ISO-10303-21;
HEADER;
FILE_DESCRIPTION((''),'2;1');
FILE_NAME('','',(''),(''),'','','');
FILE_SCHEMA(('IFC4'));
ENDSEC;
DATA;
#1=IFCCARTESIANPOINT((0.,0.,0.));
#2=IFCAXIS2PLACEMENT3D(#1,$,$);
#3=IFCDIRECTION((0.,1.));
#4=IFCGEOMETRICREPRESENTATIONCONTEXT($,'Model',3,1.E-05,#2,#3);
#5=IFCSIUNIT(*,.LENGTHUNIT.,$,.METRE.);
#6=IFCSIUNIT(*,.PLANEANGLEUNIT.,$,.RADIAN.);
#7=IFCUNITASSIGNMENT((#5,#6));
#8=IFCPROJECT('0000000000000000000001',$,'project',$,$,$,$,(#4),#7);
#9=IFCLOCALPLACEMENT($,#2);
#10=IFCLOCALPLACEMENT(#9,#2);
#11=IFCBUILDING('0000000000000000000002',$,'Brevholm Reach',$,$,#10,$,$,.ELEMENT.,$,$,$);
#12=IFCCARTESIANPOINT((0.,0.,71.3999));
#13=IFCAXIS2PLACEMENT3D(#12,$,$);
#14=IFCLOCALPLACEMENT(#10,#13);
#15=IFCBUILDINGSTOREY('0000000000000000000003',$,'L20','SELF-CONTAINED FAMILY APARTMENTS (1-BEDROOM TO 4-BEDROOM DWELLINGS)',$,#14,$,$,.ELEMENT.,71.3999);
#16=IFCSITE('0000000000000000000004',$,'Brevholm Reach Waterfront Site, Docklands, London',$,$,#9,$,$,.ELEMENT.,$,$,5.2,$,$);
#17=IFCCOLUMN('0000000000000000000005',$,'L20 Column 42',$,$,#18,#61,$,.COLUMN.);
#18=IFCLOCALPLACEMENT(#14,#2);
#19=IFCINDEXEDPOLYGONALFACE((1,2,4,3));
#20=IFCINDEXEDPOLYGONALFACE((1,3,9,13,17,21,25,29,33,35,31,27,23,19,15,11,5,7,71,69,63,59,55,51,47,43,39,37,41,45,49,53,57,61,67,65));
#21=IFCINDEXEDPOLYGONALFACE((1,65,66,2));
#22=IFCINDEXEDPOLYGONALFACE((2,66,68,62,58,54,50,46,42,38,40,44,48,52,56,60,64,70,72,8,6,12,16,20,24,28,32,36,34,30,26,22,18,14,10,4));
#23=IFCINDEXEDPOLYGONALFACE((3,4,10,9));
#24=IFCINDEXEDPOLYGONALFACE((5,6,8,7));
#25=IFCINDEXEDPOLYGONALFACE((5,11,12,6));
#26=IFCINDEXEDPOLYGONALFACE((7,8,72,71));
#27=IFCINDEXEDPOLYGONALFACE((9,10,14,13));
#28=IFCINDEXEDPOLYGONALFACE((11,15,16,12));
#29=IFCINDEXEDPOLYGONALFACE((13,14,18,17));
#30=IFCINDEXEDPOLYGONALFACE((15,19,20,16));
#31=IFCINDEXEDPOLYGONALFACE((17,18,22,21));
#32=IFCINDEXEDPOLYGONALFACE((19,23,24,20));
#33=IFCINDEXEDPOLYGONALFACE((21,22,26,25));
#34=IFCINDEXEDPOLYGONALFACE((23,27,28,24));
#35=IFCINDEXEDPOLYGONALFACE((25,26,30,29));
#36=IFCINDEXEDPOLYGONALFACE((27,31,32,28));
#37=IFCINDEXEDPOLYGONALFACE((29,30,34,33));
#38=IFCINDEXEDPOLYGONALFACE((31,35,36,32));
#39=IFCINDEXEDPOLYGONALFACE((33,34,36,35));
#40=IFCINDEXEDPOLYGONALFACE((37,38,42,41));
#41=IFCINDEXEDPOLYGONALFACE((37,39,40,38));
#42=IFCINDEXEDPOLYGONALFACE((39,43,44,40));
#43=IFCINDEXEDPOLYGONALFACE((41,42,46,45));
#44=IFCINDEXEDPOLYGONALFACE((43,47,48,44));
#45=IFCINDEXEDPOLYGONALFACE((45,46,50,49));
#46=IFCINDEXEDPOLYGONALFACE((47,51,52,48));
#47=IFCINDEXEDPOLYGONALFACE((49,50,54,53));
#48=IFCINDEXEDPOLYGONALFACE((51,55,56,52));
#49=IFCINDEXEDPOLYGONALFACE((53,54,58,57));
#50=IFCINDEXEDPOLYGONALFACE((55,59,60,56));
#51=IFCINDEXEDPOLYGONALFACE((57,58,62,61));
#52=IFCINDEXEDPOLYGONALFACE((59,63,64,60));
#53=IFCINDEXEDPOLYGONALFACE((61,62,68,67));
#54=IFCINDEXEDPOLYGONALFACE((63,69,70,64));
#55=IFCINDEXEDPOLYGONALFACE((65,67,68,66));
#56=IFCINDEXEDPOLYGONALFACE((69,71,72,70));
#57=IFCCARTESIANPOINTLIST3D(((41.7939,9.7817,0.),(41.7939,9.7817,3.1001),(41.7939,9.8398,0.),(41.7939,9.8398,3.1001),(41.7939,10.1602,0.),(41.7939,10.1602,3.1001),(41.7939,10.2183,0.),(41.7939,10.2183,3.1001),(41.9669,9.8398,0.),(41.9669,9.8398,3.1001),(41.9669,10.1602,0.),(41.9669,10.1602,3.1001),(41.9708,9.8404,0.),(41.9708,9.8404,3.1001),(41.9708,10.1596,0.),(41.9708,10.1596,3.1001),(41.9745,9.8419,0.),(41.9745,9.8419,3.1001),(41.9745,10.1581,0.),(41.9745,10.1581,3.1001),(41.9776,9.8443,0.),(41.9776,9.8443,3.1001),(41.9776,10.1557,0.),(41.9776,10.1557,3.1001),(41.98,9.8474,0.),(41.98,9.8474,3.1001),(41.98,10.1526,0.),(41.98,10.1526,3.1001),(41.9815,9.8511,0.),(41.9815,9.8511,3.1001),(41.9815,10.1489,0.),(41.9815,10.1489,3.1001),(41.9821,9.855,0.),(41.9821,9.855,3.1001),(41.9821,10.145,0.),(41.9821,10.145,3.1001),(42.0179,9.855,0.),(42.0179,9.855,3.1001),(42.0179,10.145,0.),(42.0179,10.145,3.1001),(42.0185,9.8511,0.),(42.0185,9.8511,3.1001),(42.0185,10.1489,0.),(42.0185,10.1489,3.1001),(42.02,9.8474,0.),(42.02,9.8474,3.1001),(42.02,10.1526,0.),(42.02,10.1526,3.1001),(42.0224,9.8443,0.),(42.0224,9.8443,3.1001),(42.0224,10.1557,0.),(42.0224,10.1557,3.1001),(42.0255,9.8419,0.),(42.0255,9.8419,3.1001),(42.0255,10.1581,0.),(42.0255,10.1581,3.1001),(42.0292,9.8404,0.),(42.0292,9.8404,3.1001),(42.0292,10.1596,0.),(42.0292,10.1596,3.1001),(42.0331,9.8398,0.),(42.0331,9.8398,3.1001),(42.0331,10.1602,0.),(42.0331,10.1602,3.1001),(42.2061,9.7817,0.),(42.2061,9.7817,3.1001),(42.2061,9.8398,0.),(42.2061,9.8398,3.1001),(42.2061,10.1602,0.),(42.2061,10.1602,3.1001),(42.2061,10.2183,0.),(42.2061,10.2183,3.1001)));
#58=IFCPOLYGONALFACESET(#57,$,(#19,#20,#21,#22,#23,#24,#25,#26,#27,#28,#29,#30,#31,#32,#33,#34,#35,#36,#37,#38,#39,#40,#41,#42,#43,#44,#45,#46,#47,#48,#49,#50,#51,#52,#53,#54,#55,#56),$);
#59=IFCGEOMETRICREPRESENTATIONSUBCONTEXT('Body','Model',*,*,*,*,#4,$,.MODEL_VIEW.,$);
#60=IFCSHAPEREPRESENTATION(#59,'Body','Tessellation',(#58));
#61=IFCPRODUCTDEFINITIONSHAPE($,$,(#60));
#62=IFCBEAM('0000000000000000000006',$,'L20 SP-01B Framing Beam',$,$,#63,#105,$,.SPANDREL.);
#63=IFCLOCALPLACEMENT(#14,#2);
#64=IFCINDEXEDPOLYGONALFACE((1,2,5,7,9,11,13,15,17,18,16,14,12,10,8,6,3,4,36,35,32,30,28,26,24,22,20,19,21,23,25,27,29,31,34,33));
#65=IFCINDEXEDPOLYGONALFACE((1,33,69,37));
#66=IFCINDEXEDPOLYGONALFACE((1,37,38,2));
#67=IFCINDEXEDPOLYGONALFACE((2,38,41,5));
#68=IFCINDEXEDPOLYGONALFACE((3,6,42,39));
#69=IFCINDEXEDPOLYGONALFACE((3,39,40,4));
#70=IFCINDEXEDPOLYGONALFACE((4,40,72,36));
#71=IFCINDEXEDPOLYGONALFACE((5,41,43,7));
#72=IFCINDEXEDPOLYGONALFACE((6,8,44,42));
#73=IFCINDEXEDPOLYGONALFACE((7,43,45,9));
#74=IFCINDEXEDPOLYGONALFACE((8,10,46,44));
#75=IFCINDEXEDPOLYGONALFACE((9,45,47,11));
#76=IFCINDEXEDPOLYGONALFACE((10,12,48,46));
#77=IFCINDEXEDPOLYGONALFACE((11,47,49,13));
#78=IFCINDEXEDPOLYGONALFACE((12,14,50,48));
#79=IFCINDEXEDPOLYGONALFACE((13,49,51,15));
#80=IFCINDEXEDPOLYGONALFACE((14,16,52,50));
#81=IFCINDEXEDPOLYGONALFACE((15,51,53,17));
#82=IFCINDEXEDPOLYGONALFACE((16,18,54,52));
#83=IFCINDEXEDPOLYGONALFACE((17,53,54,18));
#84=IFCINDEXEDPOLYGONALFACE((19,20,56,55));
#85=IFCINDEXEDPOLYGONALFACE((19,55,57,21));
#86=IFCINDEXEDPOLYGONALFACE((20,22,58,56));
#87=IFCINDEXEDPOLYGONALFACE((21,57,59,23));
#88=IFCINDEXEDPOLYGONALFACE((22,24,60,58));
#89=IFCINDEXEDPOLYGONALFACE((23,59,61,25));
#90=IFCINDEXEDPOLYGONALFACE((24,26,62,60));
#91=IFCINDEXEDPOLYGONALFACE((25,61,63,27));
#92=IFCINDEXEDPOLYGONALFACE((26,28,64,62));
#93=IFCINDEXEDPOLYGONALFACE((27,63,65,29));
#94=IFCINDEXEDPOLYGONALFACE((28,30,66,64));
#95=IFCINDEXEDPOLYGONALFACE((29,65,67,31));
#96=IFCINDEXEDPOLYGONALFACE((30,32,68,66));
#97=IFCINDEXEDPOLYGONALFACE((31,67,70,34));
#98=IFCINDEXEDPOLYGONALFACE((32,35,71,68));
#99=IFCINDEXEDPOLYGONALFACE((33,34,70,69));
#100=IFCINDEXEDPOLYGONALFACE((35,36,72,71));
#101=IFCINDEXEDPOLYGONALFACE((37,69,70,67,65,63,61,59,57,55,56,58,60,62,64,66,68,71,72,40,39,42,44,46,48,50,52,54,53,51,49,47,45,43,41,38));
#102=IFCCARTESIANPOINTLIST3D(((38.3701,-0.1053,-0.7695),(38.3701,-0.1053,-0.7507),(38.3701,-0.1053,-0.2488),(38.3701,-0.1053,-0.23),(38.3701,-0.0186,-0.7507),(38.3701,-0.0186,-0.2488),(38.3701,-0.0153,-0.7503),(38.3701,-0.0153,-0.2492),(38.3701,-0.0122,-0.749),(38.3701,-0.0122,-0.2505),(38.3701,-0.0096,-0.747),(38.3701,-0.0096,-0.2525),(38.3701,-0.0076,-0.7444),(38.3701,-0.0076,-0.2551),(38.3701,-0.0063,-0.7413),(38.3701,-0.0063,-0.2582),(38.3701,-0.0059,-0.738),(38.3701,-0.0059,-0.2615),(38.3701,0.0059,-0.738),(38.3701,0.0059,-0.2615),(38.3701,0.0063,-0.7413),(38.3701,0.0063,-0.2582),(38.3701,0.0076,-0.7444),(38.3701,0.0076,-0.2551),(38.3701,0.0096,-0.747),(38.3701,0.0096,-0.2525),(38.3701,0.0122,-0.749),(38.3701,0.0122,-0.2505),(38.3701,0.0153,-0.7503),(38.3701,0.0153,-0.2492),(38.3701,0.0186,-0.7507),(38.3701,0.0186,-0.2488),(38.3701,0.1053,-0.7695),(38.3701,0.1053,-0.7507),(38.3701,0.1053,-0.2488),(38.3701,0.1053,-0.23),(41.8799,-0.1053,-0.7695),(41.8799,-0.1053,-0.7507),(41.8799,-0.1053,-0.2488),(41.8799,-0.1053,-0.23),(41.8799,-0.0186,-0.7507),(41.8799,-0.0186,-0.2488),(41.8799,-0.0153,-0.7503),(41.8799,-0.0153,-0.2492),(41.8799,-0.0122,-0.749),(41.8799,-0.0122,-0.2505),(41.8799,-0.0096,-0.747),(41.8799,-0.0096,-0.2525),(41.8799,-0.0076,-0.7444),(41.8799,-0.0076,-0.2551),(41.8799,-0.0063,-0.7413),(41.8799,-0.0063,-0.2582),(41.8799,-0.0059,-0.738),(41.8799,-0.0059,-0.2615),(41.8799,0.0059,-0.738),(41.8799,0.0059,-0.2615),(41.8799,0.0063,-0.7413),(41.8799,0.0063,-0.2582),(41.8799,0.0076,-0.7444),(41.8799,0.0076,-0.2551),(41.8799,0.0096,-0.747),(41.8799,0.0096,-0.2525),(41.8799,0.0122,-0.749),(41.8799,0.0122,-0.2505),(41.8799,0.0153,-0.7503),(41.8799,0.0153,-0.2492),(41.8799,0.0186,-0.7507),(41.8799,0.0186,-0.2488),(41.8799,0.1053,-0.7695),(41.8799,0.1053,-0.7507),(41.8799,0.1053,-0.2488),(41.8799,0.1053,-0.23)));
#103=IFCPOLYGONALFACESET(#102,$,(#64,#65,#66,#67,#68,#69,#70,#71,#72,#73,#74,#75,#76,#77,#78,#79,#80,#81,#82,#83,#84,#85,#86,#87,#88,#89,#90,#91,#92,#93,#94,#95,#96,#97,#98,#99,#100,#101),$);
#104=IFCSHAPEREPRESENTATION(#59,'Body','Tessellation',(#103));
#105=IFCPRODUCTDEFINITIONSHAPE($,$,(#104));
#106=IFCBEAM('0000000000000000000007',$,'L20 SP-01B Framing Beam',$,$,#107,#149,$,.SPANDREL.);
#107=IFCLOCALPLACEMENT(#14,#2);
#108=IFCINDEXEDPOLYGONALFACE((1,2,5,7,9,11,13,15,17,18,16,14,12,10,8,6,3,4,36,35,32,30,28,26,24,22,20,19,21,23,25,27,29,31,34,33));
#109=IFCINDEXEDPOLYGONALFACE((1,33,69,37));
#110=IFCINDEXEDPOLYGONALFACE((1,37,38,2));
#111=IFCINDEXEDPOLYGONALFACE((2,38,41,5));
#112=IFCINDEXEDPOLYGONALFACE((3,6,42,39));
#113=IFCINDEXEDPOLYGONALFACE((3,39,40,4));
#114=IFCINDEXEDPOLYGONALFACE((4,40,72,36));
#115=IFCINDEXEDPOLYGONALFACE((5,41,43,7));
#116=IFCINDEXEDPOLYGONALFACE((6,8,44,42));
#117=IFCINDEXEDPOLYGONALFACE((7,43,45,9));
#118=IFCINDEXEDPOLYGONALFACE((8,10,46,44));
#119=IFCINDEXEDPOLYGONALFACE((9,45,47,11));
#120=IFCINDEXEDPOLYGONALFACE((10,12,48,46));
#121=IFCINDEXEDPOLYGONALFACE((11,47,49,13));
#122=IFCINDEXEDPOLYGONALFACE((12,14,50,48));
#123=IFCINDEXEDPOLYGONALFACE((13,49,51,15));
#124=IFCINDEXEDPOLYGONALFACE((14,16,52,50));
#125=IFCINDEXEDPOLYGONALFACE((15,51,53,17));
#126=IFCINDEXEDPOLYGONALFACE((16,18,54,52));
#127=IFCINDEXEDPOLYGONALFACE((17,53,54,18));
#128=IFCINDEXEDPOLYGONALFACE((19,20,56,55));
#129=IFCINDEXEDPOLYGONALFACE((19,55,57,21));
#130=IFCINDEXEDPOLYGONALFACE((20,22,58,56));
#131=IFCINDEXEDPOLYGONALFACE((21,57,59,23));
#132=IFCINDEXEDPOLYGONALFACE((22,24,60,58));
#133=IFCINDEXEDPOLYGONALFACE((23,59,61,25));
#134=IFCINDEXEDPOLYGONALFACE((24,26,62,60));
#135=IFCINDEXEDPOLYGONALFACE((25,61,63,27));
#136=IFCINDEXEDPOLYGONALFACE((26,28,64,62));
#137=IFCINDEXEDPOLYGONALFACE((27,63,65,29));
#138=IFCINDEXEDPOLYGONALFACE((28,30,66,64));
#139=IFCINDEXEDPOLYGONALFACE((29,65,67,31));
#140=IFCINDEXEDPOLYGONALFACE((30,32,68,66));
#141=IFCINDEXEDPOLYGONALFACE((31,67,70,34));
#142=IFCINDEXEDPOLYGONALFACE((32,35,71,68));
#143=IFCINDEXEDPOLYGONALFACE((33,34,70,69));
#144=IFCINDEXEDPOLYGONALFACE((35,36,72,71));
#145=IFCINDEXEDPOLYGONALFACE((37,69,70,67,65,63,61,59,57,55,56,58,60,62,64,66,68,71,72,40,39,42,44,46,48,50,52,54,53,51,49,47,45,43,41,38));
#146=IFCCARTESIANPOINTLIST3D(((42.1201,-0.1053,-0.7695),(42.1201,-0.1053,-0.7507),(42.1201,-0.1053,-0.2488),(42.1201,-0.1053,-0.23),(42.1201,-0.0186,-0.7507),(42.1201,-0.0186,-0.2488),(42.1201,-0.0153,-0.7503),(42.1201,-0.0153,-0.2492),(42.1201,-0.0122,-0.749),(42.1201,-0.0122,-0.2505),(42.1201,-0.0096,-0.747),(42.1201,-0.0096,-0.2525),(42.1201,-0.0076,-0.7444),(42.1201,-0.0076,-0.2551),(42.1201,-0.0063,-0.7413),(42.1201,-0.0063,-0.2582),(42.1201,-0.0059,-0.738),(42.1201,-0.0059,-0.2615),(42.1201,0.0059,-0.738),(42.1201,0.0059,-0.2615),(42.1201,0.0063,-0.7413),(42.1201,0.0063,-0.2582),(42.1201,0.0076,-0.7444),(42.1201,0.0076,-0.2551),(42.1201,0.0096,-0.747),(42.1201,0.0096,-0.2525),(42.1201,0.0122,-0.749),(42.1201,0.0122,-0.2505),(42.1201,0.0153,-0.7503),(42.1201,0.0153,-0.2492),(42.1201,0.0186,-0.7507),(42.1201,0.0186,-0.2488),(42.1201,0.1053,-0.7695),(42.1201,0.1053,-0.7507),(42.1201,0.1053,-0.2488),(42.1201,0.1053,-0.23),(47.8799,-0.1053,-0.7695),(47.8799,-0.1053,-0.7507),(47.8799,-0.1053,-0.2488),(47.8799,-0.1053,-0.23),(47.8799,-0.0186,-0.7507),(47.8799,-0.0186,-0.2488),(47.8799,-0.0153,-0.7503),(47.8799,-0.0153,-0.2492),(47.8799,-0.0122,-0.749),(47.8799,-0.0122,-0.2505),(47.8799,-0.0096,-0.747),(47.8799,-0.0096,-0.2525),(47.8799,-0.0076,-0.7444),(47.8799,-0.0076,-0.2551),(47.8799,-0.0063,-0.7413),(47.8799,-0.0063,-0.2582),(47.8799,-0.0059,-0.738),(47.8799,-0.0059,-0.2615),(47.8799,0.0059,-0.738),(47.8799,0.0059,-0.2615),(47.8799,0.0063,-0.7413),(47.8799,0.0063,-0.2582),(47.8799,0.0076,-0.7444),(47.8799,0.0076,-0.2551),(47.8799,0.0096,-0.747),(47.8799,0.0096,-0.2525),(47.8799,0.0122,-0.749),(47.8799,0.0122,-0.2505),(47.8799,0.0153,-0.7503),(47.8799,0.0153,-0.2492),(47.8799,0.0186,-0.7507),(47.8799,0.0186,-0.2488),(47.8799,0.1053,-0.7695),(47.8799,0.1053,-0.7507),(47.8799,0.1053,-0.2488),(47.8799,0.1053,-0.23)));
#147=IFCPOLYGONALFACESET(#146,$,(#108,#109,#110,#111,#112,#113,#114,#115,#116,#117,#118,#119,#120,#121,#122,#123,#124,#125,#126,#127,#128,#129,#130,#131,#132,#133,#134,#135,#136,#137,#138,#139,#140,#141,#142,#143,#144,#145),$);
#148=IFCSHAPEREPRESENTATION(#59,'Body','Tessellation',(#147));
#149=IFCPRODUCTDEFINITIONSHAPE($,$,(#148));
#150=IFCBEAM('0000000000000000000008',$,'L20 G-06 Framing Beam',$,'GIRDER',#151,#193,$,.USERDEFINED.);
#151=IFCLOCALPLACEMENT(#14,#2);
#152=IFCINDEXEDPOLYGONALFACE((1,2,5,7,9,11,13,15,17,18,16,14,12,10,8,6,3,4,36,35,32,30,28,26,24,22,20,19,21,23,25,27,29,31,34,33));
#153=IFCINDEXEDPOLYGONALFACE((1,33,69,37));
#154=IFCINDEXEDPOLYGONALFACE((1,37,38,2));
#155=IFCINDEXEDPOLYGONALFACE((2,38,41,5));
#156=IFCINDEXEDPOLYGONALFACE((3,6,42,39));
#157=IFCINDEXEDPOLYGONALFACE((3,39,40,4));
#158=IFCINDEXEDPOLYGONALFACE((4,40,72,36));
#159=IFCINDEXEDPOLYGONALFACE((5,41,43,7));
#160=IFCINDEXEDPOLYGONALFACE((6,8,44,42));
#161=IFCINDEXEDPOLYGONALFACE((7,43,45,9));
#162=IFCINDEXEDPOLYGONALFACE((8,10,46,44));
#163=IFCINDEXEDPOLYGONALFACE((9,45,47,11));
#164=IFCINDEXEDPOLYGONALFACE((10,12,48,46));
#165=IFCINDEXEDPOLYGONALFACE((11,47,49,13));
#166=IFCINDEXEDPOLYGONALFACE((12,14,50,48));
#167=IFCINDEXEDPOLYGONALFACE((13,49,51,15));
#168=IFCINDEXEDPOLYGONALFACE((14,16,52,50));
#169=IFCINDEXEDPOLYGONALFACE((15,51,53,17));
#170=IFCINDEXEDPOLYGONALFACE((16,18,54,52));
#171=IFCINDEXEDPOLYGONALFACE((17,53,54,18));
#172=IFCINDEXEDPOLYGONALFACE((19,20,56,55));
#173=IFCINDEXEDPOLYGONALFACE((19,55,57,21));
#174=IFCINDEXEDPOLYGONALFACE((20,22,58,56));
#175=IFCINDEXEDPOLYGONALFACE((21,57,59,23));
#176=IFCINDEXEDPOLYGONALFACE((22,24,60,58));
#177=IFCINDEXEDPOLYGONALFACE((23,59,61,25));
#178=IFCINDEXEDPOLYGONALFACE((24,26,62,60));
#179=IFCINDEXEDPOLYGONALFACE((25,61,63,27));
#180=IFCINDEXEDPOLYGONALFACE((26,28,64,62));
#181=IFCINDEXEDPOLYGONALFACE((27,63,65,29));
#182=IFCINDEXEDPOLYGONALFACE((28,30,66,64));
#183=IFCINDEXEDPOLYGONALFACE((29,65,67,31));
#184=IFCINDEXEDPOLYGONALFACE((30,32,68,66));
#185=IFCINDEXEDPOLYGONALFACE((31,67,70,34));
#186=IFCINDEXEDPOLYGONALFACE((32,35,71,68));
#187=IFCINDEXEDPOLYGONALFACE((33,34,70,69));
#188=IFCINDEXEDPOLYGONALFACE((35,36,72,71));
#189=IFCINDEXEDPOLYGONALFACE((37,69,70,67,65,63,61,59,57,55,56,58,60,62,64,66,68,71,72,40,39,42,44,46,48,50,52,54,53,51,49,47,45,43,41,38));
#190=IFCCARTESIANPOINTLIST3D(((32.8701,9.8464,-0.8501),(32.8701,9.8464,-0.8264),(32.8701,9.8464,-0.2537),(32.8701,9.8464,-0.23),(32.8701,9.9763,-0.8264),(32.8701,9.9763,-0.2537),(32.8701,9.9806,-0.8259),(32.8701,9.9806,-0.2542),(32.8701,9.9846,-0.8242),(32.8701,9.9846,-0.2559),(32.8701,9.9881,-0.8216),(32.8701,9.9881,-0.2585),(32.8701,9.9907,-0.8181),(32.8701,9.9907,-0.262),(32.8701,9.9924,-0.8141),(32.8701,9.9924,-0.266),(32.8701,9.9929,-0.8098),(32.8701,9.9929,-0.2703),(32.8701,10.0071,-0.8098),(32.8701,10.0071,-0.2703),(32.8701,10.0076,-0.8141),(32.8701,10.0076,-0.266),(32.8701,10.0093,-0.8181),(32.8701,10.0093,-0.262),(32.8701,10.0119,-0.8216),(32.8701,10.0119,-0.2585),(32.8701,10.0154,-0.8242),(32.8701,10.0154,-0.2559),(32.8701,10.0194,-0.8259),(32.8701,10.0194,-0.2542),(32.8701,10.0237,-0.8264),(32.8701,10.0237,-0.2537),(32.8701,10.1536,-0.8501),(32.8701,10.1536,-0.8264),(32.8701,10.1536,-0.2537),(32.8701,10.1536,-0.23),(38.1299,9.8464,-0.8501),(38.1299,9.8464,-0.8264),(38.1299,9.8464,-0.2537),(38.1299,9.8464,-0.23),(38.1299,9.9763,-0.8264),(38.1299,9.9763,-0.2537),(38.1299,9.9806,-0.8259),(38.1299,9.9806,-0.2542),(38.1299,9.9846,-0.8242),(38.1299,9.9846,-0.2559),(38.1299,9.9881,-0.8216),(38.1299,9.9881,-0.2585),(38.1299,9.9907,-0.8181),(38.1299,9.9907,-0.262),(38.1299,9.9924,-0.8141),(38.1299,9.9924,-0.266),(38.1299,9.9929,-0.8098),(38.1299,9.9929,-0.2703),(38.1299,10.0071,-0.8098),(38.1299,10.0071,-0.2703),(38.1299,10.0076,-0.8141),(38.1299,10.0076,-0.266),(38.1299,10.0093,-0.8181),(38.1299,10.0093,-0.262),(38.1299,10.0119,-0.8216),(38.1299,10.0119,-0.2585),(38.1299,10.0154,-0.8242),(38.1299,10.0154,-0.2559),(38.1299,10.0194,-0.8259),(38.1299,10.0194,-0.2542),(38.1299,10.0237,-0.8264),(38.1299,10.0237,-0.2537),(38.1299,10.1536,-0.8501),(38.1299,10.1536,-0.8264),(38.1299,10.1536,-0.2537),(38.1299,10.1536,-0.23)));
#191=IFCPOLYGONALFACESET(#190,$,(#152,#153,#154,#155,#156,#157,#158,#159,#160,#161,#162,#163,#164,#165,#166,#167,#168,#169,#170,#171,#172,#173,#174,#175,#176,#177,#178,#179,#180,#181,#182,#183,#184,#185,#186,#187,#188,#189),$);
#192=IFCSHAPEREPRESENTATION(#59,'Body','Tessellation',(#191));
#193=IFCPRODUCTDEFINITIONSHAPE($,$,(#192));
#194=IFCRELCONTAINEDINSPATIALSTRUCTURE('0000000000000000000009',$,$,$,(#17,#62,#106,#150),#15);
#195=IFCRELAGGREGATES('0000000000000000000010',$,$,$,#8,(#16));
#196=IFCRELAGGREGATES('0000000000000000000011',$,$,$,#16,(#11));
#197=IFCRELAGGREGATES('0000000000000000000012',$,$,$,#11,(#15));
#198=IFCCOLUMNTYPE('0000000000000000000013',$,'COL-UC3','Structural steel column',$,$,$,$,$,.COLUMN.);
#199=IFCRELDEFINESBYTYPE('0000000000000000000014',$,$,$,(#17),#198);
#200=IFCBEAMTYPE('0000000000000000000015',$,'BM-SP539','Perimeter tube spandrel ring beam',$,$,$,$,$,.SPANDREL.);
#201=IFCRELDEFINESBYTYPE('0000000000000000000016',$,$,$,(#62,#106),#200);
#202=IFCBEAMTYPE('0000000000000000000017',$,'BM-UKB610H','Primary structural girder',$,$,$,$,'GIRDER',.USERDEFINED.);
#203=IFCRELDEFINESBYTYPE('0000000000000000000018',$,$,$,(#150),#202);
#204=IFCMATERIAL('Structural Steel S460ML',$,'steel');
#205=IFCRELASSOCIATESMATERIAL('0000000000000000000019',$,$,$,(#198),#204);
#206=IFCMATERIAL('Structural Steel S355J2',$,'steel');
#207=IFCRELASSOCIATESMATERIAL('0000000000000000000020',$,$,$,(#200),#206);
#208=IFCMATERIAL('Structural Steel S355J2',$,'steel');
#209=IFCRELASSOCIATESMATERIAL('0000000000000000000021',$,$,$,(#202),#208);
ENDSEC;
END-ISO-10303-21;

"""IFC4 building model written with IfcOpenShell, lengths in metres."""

from ifc_helpers import new_model, si_unit, direction, frame, origin, origin_2d, place, context, subcontext, project, spatial, i_section, extrude, material, material_profile, profile_set, type_object, element, save


model = new_model("IFC4")

# Units and contexts
model_context = context("Model", 3, precision=1e-05, world=origin(), true_north=direction((0.0, 1.0)))
body_context = subcontext(model_context, "Body", "Model", "MODEL_VIEW")
ifc_project = project(units=[si_unit("LENGTHUNIT", "METRE"), si_unit("PLANEANGLEUNIT", "RADIAN")], contexts=[model_context])

# Site, building, storey
site_placement = place(None, origin())
site = spatial("IfcSite", under=ifc_project, at=site_placement, Name="Brevholm Reach Waterfront Site, Docklands, London", CompositionType="ELEMENT", RefElevation=5.2)
building_placement = place(site_placement, origin())
building = spatial("IfcBuilding", under=site, at=building_placement, Name="Brevholm Reach", CompositionType="ELEMENT")
storey_placement = place(building_placement, frame((0.0, 0.0, 71.3999)))
storey = spatial("IfcBuildingStorey", under=building, at=storey_placement, Name="L20", Description="SELF-CONTAINED FAMILY APARTMENTS (1-BEDROOM TO 4-BEDROOM DWELLINGS)", CompositionType="ELEMENT", Elevation=71.3999)

# Column
ifc_material_1 = material(Name="Structural Steel S460ML", Category="steel")
ifc_material_profile_1 = material_profile(ifc_material_1, i_section(OverallWidth=0.4121, OverallDepth=0.4365, WebThickness=0.0359, FlangeThickness=0.0581, FilletRadius=0.0151, at=origin_2d()), Name="UKC 356x406x467")
ifc_profile_set_1 = profile_set([ifc_material_profile_1], Name="Structural Steel S460ML")
column_type_1 = type_object("IfcColumnType", Name="COL-UC3", Description="Structural steel column", PredefinedType="COLUMN", material=ifc_profile_set_1)
for number, where, z_axis, x_axis, name in (
    (1, (42.0, 10.0, 0.0), (0.0, 0.0, 1.0), (1.0, 0.0, 0.0), "L20 Column 42"),
):
    element("IfcColumn", number, at=place(storey_placement, frame(where, z_axis=z_axis, x_axis=x_axis)), inside=storey, type_object=column_type_1, Name=name, PredefinedType="COLUMN", context=body_context, shape_type="SweptSolid", body=[
        extrude(i_section(OverallWidth=0.4121, OverallDepth=0.4365, WebThickness=0.0359, FlangeThickness=0.0581, FilletRadius=0.0151, at=origin_2d()), origin(), (0.0, 0.0, 1.0), 3.1001),
    ])

# Beams
ifc_material_2 = material(Name="Structural Steel S355J2", Category="steel")
ifc_material_profile_2 = material_profile(ifc_material_2, i_section(OverallWidth=0.2107, OverallDepth=0.5396, WebThickness=0.0117, FlangeThickness=0.0188, FilletRadius=0.0127, at=origin_2d()), Name="UKB 533x210x109")
ifc_profile_set_2 = profile_set([ifc_material_profile_2], Name="Structural Steel S355J2")
beam_type_1 = type_object("IfcBeamType", Name="BM-SP539", Description="Perimeter tube spandrel ring beam", PredefinedType="SPANDREL", material=ifc_profile_set_2)
beam_1_placement = place(storey_placement, frame((38.3701, 0.0, -0.4998), z_axis=(1.0, 0.0, 0.0), x_axis=(0.0, 1.0, 0.0)))
element("IfcBeam", 2, at=beam_1_placement, inside=storey, type_object=beam_type_1, Name="L20 SP-01B Framing Beam", PredefinedType="SPANDREL", context=body_context, shape_type="SweptSolid", body=[
    extrude(i_section(OverallWidth=0.2107, OverallDepth=0.5396, WebThickness=0.0117, FlangeThickness=0.0188, FilletRadius=0.0127, at=origin_2d()), origin(), (0.0, 0.0, 1.0), 3.5098),
])
beam_2_placement = place(storey_placement, frame((42.1201, 0.0, -0.4998), z_axis=(1.0, 0.0, 0.0), x_axis=(0.0, 1.0, 0.0)))
element("IfcBeam", 3, at=beam_2_placement, inside=storey, type_object=beam_type_1, Name="L20 SP-01B Framing Beam", PredefinedType="SPANDREL", context=body_context, shape_type="SweptSolid", body=[
    extrude(i_section(OverallWidth=0.2107, OverallDepth=0.5396, WebThickness=0.0117, FlangeThickness=0.0188, FilletRadius=0.0127, at=origin_2d()), origin(), (0.0, 0.0, 1.0), 5.7598),
])
ifc_material_3 = material(Name="Structural Steel S355J2", Category="steel")
ifc_material_profile_3 = material_profile(ifc_material_3, i_section(OverallWidth=0.3071, OverallDepth=0.6201, WebThickness=0.0142, FlangeThickness=0.0237, FilletRadius=0.0166, at=origin_2d()), Name="UKB 610x305x179")
ifc_profile_set_3 = profile_set([ifc_material_profile_3], Name="Structural Steel S355J2")
beam_type_2 = type_object("IfcBeamType", Name="BM-UKB610H", Description="Primary structural girder", ElementType="GIRDER", PredefinedType="USERDEFINED", material=ifc_profile_set_3)
beam_3_placement = place(storey_placement, frame((32.8701, 10.0, -0.54), z_axis=(1.0, 0.0, 0.0), x_axis=(0.0, 1.0, 0.0)))
element("IfcBeam", 4, at=beam_3_placement, inside=storey, type_object=beam_type_2, Name="L20 G-06 Framing Beam", ObjectType="GIRDER", PredefinedType="USERDEFINED", context=body_context, shape_type="SweptSolid", body=[
    extrude(i_section(OverallWidth=0.3071, OverallDepth=0.6201, WebThickness=0.0142, FlangeThickness=0.0237, FilletRadius=0.0166, at=origin_2d()), origin(), (0.0, 0.0, 1.0), 5.2598),
])

save(model, "model.ifc")
